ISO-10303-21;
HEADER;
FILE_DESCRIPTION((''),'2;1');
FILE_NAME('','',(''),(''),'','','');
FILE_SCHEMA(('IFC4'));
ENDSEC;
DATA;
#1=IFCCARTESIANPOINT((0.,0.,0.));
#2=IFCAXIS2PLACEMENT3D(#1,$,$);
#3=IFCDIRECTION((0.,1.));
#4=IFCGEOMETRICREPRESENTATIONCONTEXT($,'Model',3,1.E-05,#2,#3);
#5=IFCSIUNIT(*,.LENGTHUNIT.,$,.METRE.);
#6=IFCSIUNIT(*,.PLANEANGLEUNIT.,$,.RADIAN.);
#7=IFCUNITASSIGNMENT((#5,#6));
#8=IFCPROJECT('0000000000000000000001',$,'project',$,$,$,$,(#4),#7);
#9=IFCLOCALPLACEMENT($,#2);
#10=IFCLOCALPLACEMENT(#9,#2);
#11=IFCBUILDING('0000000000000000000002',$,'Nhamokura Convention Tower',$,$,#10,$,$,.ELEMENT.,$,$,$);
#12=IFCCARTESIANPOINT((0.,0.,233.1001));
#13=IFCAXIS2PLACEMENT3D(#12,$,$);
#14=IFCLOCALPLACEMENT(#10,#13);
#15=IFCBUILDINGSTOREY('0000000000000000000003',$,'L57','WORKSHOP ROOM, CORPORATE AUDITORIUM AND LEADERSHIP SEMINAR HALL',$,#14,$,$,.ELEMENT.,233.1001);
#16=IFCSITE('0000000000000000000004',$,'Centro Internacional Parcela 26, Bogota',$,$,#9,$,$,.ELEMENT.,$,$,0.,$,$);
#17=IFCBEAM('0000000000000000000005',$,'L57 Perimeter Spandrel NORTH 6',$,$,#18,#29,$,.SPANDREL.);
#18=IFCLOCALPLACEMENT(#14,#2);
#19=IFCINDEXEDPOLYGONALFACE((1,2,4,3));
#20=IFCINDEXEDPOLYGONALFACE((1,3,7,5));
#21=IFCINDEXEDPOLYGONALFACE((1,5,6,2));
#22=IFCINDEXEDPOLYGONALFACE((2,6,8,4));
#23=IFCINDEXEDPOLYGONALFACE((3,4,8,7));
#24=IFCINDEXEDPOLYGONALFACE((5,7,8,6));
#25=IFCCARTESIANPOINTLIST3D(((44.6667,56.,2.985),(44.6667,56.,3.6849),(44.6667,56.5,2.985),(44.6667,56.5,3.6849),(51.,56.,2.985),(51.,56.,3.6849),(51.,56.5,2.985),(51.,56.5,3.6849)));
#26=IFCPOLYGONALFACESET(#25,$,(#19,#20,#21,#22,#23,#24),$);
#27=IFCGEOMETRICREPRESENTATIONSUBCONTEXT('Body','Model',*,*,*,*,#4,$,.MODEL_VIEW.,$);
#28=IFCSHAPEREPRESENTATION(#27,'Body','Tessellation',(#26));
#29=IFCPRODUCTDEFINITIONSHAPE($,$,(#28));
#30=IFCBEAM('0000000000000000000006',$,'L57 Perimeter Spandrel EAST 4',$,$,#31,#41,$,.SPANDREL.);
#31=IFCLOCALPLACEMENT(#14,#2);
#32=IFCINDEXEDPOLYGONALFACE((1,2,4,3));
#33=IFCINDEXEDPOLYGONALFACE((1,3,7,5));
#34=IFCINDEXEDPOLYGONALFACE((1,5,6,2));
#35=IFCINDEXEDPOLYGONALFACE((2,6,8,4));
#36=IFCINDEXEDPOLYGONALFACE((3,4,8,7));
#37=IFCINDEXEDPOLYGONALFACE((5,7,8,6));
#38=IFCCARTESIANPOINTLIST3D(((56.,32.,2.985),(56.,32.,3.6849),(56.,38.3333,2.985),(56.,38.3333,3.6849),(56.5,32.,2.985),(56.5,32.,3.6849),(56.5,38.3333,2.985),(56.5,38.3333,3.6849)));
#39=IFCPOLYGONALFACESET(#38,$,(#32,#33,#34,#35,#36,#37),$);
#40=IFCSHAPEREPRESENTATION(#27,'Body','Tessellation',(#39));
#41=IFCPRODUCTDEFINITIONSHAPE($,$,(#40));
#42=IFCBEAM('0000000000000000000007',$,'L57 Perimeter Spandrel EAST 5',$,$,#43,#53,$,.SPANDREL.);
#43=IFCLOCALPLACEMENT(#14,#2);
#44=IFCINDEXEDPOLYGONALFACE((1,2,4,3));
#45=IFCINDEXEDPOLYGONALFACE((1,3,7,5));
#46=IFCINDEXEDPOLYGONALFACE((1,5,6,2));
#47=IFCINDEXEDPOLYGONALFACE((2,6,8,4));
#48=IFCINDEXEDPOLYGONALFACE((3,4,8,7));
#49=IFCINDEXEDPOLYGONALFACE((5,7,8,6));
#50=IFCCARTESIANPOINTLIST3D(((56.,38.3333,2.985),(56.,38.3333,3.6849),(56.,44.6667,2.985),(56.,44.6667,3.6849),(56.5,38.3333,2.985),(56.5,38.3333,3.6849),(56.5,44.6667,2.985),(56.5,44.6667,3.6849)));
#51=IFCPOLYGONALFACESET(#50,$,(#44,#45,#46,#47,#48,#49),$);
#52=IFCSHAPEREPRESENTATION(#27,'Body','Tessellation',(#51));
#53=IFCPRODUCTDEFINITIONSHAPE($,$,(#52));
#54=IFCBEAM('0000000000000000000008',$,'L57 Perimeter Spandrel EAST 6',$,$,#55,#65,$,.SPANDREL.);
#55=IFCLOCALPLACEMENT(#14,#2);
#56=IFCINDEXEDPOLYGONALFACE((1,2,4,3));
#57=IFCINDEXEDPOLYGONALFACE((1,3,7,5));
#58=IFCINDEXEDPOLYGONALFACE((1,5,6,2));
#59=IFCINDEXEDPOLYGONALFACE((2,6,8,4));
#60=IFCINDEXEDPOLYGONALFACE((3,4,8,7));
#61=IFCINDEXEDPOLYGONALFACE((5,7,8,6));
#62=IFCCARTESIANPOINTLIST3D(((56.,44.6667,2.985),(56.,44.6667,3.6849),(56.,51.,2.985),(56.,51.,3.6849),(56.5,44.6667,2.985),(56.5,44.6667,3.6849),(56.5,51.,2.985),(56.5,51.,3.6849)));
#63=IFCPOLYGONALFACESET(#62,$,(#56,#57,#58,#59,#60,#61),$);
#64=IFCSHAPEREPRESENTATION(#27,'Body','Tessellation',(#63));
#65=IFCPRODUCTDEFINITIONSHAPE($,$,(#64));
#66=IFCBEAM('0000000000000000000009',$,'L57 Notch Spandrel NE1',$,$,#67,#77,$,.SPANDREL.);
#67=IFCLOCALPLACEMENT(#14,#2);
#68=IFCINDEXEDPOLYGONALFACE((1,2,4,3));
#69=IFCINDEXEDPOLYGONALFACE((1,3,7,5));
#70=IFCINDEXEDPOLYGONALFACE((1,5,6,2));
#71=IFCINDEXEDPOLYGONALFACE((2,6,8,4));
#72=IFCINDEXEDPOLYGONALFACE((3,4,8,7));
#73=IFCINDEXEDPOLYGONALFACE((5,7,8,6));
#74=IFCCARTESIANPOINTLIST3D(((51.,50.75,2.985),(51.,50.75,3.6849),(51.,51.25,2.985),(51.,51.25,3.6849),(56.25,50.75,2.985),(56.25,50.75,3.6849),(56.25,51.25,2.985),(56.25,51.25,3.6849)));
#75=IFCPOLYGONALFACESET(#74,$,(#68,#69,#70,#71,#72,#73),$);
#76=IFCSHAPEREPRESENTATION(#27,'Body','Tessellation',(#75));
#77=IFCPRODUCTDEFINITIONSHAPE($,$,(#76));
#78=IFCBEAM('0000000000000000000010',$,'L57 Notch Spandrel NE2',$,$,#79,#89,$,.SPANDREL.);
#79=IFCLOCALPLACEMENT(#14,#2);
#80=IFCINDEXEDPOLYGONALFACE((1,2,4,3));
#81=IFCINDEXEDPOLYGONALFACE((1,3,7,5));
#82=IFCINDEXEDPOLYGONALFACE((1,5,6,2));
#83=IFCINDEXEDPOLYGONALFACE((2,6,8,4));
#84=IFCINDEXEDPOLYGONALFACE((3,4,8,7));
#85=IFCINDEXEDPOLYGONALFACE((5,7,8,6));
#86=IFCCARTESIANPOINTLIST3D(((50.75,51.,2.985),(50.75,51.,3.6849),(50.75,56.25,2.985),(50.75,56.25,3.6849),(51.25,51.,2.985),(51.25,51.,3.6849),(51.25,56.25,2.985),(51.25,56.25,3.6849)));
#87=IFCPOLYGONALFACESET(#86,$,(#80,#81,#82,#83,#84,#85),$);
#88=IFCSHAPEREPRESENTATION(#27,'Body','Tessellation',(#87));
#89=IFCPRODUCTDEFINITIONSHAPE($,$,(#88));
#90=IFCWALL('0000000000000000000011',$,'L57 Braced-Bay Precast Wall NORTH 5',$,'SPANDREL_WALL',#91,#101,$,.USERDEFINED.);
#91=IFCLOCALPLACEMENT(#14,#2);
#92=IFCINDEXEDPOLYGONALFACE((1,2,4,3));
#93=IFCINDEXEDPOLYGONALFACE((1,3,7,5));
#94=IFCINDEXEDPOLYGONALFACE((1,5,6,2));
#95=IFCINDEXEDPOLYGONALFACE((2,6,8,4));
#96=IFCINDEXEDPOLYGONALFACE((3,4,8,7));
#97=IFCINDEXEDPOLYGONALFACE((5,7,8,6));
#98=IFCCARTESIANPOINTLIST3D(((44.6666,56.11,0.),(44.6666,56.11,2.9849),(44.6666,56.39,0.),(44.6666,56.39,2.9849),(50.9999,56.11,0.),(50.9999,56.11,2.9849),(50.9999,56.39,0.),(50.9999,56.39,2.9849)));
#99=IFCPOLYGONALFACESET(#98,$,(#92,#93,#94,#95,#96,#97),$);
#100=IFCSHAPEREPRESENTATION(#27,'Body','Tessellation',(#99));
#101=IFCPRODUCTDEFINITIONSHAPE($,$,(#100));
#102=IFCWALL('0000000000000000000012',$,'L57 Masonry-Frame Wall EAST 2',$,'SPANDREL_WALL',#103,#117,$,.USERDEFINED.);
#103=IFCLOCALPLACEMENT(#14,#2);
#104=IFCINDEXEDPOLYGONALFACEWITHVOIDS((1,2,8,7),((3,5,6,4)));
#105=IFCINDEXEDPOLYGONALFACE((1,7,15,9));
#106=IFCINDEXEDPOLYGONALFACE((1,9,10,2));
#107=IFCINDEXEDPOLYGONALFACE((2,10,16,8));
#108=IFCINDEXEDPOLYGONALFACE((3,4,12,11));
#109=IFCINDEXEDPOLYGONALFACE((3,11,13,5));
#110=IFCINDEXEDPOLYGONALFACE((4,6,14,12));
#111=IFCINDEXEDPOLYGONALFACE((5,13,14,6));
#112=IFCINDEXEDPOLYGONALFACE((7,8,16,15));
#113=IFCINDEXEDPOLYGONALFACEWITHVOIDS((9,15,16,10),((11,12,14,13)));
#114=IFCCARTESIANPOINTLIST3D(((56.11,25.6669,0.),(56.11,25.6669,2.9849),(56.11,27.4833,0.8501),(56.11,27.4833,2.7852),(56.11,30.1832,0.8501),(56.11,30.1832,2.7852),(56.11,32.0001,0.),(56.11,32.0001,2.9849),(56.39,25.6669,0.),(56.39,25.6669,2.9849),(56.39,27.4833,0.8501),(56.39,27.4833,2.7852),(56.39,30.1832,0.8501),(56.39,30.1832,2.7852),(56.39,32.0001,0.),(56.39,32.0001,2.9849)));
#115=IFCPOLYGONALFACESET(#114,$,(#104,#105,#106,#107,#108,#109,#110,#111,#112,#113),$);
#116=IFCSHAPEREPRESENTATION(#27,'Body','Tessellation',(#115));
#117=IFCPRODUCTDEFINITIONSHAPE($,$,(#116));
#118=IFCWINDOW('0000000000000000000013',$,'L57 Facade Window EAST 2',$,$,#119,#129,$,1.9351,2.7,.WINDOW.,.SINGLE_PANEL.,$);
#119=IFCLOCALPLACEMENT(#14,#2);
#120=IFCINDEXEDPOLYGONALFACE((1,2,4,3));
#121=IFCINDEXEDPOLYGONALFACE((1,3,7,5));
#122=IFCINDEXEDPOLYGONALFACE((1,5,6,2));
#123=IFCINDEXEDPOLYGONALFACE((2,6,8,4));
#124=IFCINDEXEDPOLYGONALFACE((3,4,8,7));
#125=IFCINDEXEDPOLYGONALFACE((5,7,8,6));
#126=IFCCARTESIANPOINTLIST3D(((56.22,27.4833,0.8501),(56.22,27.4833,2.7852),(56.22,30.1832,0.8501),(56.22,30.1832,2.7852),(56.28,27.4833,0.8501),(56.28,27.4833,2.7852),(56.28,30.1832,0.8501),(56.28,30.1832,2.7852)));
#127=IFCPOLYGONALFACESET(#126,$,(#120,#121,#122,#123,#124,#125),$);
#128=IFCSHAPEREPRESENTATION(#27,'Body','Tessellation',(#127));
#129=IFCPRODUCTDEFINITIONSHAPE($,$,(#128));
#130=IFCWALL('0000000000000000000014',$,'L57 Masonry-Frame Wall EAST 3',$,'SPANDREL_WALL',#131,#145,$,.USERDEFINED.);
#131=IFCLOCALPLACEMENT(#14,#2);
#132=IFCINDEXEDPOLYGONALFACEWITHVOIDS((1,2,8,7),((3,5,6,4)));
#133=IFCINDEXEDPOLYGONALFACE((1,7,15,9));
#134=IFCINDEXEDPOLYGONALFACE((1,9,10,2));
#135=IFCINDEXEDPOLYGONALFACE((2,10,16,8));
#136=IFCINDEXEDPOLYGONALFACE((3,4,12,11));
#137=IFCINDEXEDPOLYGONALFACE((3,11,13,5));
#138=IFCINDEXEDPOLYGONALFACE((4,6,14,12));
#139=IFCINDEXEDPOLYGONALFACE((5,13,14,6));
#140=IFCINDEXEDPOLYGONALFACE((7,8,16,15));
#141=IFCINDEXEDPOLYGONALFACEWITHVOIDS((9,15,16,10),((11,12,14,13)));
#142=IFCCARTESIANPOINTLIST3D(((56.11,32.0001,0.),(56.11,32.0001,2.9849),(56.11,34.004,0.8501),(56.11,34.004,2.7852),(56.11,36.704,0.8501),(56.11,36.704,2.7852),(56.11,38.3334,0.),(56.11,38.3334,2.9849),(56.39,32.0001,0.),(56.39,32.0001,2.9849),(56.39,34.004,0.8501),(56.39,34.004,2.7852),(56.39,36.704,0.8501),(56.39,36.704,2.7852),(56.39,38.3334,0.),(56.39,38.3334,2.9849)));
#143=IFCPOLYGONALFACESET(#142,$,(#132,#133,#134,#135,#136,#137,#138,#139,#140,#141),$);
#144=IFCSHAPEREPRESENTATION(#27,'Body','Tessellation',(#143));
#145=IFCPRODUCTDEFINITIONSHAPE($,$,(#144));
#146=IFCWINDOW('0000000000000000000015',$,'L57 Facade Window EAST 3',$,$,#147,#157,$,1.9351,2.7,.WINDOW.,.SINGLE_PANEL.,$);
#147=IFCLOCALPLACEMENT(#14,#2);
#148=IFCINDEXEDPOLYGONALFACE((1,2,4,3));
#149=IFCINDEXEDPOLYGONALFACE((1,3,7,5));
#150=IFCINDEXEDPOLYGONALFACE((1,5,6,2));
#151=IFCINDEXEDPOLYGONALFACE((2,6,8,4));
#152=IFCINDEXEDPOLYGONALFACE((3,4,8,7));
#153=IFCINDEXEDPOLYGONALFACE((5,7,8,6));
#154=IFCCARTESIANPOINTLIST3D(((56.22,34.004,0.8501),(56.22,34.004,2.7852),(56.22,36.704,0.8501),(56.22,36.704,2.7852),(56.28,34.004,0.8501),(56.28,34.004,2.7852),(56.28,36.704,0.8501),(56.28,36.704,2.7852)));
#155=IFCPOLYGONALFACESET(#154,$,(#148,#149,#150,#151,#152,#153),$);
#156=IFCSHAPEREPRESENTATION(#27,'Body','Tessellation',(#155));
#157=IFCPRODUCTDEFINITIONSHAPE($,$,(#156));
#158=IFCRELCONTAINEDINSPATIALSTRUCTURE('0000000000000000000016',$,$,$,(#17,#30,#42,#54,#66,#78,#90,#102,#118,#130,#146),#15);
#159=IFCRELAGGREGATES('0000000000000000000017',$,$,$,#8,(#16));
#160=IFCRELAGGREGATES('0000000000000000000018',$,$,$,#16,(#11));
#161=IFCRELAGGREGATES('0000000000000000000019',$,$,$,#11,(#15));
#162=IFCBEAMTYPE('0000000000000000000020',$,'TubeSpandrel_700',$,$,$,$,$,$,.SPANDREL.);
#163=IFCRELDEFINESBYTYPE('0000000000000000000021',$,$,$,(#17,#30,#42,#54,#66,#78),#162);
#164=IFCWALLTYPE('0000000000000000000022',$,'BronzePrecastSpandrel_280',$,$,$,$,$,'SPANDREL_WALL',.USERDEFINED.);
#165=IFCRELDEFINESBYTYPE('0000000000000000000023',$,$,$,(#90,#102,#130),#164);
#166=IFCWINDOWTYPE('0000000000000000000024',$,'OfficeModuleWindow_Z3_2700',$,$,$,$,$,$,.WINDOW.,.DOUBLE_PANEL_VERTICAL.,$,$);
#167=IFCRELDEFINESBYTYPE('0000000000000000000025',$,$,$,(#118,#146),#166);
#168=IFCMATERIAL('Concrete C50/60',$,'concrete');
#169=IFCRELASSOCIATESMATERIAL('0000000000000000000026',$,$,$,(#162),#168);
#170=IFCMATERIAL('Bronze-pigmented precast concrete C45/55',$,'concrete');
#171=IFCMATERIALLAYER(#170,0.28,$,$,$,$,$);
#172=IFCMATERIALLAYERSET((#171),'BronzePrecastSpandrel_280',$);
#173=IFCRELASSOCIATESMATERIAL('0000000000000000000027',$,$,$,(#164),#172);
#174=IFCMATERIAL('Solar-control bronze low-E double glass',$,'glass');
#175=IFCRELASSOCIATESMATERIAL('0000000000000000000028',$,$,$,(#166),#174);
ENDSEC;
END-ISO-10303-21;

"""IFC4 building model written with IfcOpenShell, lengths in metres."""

from ifc_helpers import new_model, si_unit, direction, frame, frame_2d, origin, origin_2d, place, context, subcontext, project, spatial, rectangle, extrude, material, layer, layer_set, material_profile, profile_set, type_object, element, fill, save


model = new_model("IFC4")

# Units and contexts
model_context = context("Model", 3, precision=1e-05, world=origin(), true_north=direction((0.0, 1.0)))
body_context = subcontext(model_context, "Body", "Model", "MODEL_VIEW")
ifc_project = project(units=[si_unit("LENGTHUNIT", "METRE"), si_unit("PLANEANGLEUNIT", "RADIAN")], contexts=[model_context])

# Site, building, storey
site_placement = place(None, origin())
site = spatial("IfcSite", under=ifc_project, at=site_placement, Name="Centro Internacional Parcela 26, Bogota", CompositionType="ELEMENT", RefElevation=0.0)
building_placement = place(site_placement, origin())
building = spatial("IfcBuilding", under=site, at=building_placement, Name="Nhamokura Convention Tower", CompositionType="ELEMENT")
storey_placement = place(building_placement, frame((0.0, 0.0, 233.1001)))
storey = spatial("IfcBuildingStorey", under=building, at=storey_placement, Name="L57", Description="WORKSHOP ROOM, CORPORATE AUDITORIUM AND LEADERSHIP SEMINAR HALL", CompositionType="ELEMENT", Elevation=233.1001)

# Beams
ifc_material_1 = material(Name="Concrete C50/60", Category="concrete")
ifc_material_profile_1 = material_profile(ifc_material_1, rectangle(XDim=0.5, YDim=0.7, at=origin_2d()))
ifc_profile_set_1 = profile_set([ifc_material_profile_1], Name="Concrete C50/60")
beam_type_1 = type_object("IfcBeamType", Name="TubeSpandrel_700", PredefinedType="SPANDREL", material=ifc_profile_set_1)
for number, where, z_axis, x_axis, name in (
    (1, (44.6667, 56.25, 3.335), (1.0, 0.0, 0.0), (0.0, 1.0, 0.0), "L57 Perimeter Spandrel NORTH 6"),
    (2, (56.25, 32.0, 3.335), (0.0, 1.0, 0.0), (-1.0, 0.0, 0.0), "L57 Perimeter Spandrel EAST 4"),
):
    element("IfcBeam", number, at=place(storey_placement, frame(where, z_axis=z_axis, x_axis=x_axis)), inside=storey, type_object=beam_type_1, Name=name, PredefinedType="SPANDREL", context=body_context, shape_type="SweptSolid", body=[
        extrude(rectangle(XDim=0.5, YDim=0.7, at=origin_2d()), origin(), (0.0, 0.0, 1.0), 6.3333),
    ])
beam_1_placement = place(storey_placement, frame((56.25, 38.3333, 3.335), z_axis=(0.0, 1.0, 0.0), x_axis=(-1.0, 0.0, 0.0)))
element("IfcBeam", 3, at=beam_1_placement, inside=storey, type_object=beam_type_1, Name="L57 Perimeter Spandrel EAST 5", PredefinedType="SPANDREL", context=body_context, shape_type="SweptSolid", body=[
    extrude(rectangle(XDim=0.5, YDim=0.7, at=origin_2d()), origin(), (0.0, 0.0, 1.0), 6.3335),
])
beam_2_placement = place(storey_placement, frame((56.25, 44.6667, 3.335), z_axis=(0.0, 1.0, 0.0), x_axis=(-1.0, 0.0, 0.0)))
element("IfcBeam", 4, at=beam_2_placement, inside=storey, type_object=beam_type_1, Name="L57 Perimeter Spandrel EAST 6", PredefinedType="SPANDREL", context=body_context, shape_type="SweptSolid", body=[
    extrude(rectangle(XDim=0.5, YDim=0.7, at=origin_2d()), origin(), (0.0, 0.0, 1.0), 6.3333),
])
for number, where, z_axis, x_axis, name in (
    (5, (56.25, 51.0, 3.335), (-1.0, 0.0, 0.0), (0.0, -1.0, 0.0), "L57 Notch Spandrel NE1"),
    (6, (51.0, 51.0, 3.335), (0.0, 1.0, 0.0), (-1.0, 0.0, 0.0), "L57 Notch Spandrel NE2"),
):
    element("IfcBeam", number, at=place(storey_placement, frame(where, z_axis=z_axis, x_axis=x_axis)), inside=storey, type_object=beam_type_1, Name=name, PredefinedType="SPANDREL", context=body_context, shape_type="SweptSolid", body=[
        extrude(rectangle(XDim=0.5, YDim=0.7, at=origin_2d()), origin(), (0.0, 0.0, 1.0), 5.25),
    ])

# Wall
ifc_material_2 = material(Name="Bronze-pigmented precast concrete C45/55", Category="concrete")
ifc_layer_1 = layer(ifc_material_2, 0.28)
ifc_layer_set_1 = layer_set([ifc_layer_1], Name="BronzePrecastSpandrel_280")
wall_type_1 = type_object("IfcWallType", Name="BronzePrecastSpandrel_280", ElementType="SPANDREL_WALL", PredefinedType="USERDEFINED", material=ifc_layer_set_1)
wall_1_placement = place(storey_placement, frame((44.6667, 56.25, 0.0), z_axis=(0.0, 0.0, 1.0), x_axis=(1.0, 0.0, 0.0)))
element("IfcWall", 7, at=wall_1_placement, inside=storey, type_object=wall_type_1, Name="L57 Braced-Bay Precast Wall NORTH 5", ObjectType="SPANDREL_WALL", PredefinedType="USERDEFINED", context=body_context, shape_type="SweptSolid", body=[
    extrude(rectangle(XDim=6.3333, YDim=0.28, at=frame_2d((3.1665, 0.0))), origin(), (0.0, 0.0, 1.0), 2.9849),
])

# Walls, openings, windows
wall_2_placement = place(storey_placement, frame((56.25, 32.0, 0.0), z_axis=(0.0, 0.0, 1.0), x_axis=(0.0, -1.0, 0.0)))
wall_2 = element("IfcWall", 8, at=wall_2_placement, inside=storey, type_object=wall_type_1, Name="L57 Masonry-Frame Wall EAST 2", ObjectType="SPANDREL_WALL", PredefinedType="USERDEFINED", context=body_context, shape_type="SweptSolid", body=[
    extrude(rectangle(XDim=6.3333, YDim=0.28, at=frame_2d((3.1665, 0.0))), origin(), (0.0, 0.0, 1.0), 2.9849),
])
opening_1_placement = place(wall_2_placement, frame((1.8167, 0.0, 0.8501)))
opening_1 = element("IfcOpeningElement", 9, at=opening_1_placement, cuts=wall_2, PredefinedType="OPENING", context=body_context, shape_type="SweptSolid", body=[
    extrude(rectangle(XDim=2.7, YDim=1.9351, at=frame_2d((1.3501, 0.9675))), frame((0.0, 0.1499, 0.0), z_axis=(0.0, -1.0, 0.0), x_axis=(1.0, 0.0, 0.0)), (0.0, 0.0, 1.0), 0.3),
])
ifc_material_3 = material(Name="Solar-control bronze low-E double glass", Category="glass")
window_type_1 = type_object("IfcWindowType", Name="OfficeModuleWindow_Z3_2700", PartitioningType="DOUBLE_PANEL_VERTICAL", PredefinedType="WINDOW", material=ifc_material_3)
window_1_placement = place(opening_1_placement, origin())
window_1 = element("IfcWindow", 10, at=window_1_placement, inside=storey, type_object=window_type_1, Name="L57 Facade Window EAST 2", OverallHeight=1.9351, OverallWidth=2.7, PartitioningType="SINGLE_PANEL", PredefinedType="WINDOW", context=body_context, shape_type="SweptSolid", body=[
    extrude(rectangle(XDim=2.7, YDim=1.9351, at=frame_2d((1.3501, 0.9675))), frame((0.0, 0.03, 0.0), z_axis=(0.0, -1.0, 0.0), x_axis=(1.0, 0.0, 0.0)), (0.0, 0.0, 1.0), 0.0601),
])
fill(opening_1, window_1)
wall_3_placement = place(storey_placement, frame((56.25, 38.3333, 0.0), z_axis=(0.0, 0.0, 1.0), x_axis=(0.0, -1.0, 0.0)))
wall_3 = element("IfcWall", 11, at=wall_3_placement, inside=storey, type_object=wall_type_1, Name="L57 Masonry-Frame Wall EAST 3", ObjectType="SPANDREL_WALL", PredefinedType="USERDEFINED", context=body_context, shape_type="SweptSolid", body=[
    extrude(rectangle(XDim=6.3333, YDim=0.28, at=frame_2d((3.1665, 0.0))), origin(), (0.0, 0.0, 1.0), 2.9849),
])
opening_2_placement = place(wall_3_placement, frame((1.6292, 0.0, 0.8501)))
opening_2 = element("IfcOpeningElement", 12, at=opening_2_placement, cuts=wall_3, PredefinedType="OPENING", context=body_context, shape_type="SweptSolid", body=[
    extrude(rectangle(XDim=2.7, YDim=1.9351, at=frame_2d((1.3501, 0.9675))), frame((0.0, 0.1499, 0.0), z_axis=(0.0, -1.0, 0.0), x_axis=(1.0, 0.0, 0.0)), (0.0, 0.0, 1.0), 0.3),
])
window_2_placement = place(opening_2_placement, origin())
window_2 = element("IfcWindow", 13, at=window_2_placement, inside=storey, type_object=window_type_1, Name="L57 Facade Window EAST 3", OverallHeight=1.9351, OverallWidth=2.7, PartitioningType="SINGLE_PANEL", PredefinedType="WINDOW", context=body_context, shape_type="SweptSolid", body=[
    extrude(rectangle(XDim=2.7, YDim=1.9351, at=frame_2d((1.3501, 0.9675))), frame((0.0, 0.03, 0.0), z_axis=(0.0, -1.0, 0.0), x_axis=(1.0, 0.0, 0.0)), (0.0, 0.0, 1.0), 0.0601),
])
fill(opening_2, window_2)

save(model, "model.ifc")
